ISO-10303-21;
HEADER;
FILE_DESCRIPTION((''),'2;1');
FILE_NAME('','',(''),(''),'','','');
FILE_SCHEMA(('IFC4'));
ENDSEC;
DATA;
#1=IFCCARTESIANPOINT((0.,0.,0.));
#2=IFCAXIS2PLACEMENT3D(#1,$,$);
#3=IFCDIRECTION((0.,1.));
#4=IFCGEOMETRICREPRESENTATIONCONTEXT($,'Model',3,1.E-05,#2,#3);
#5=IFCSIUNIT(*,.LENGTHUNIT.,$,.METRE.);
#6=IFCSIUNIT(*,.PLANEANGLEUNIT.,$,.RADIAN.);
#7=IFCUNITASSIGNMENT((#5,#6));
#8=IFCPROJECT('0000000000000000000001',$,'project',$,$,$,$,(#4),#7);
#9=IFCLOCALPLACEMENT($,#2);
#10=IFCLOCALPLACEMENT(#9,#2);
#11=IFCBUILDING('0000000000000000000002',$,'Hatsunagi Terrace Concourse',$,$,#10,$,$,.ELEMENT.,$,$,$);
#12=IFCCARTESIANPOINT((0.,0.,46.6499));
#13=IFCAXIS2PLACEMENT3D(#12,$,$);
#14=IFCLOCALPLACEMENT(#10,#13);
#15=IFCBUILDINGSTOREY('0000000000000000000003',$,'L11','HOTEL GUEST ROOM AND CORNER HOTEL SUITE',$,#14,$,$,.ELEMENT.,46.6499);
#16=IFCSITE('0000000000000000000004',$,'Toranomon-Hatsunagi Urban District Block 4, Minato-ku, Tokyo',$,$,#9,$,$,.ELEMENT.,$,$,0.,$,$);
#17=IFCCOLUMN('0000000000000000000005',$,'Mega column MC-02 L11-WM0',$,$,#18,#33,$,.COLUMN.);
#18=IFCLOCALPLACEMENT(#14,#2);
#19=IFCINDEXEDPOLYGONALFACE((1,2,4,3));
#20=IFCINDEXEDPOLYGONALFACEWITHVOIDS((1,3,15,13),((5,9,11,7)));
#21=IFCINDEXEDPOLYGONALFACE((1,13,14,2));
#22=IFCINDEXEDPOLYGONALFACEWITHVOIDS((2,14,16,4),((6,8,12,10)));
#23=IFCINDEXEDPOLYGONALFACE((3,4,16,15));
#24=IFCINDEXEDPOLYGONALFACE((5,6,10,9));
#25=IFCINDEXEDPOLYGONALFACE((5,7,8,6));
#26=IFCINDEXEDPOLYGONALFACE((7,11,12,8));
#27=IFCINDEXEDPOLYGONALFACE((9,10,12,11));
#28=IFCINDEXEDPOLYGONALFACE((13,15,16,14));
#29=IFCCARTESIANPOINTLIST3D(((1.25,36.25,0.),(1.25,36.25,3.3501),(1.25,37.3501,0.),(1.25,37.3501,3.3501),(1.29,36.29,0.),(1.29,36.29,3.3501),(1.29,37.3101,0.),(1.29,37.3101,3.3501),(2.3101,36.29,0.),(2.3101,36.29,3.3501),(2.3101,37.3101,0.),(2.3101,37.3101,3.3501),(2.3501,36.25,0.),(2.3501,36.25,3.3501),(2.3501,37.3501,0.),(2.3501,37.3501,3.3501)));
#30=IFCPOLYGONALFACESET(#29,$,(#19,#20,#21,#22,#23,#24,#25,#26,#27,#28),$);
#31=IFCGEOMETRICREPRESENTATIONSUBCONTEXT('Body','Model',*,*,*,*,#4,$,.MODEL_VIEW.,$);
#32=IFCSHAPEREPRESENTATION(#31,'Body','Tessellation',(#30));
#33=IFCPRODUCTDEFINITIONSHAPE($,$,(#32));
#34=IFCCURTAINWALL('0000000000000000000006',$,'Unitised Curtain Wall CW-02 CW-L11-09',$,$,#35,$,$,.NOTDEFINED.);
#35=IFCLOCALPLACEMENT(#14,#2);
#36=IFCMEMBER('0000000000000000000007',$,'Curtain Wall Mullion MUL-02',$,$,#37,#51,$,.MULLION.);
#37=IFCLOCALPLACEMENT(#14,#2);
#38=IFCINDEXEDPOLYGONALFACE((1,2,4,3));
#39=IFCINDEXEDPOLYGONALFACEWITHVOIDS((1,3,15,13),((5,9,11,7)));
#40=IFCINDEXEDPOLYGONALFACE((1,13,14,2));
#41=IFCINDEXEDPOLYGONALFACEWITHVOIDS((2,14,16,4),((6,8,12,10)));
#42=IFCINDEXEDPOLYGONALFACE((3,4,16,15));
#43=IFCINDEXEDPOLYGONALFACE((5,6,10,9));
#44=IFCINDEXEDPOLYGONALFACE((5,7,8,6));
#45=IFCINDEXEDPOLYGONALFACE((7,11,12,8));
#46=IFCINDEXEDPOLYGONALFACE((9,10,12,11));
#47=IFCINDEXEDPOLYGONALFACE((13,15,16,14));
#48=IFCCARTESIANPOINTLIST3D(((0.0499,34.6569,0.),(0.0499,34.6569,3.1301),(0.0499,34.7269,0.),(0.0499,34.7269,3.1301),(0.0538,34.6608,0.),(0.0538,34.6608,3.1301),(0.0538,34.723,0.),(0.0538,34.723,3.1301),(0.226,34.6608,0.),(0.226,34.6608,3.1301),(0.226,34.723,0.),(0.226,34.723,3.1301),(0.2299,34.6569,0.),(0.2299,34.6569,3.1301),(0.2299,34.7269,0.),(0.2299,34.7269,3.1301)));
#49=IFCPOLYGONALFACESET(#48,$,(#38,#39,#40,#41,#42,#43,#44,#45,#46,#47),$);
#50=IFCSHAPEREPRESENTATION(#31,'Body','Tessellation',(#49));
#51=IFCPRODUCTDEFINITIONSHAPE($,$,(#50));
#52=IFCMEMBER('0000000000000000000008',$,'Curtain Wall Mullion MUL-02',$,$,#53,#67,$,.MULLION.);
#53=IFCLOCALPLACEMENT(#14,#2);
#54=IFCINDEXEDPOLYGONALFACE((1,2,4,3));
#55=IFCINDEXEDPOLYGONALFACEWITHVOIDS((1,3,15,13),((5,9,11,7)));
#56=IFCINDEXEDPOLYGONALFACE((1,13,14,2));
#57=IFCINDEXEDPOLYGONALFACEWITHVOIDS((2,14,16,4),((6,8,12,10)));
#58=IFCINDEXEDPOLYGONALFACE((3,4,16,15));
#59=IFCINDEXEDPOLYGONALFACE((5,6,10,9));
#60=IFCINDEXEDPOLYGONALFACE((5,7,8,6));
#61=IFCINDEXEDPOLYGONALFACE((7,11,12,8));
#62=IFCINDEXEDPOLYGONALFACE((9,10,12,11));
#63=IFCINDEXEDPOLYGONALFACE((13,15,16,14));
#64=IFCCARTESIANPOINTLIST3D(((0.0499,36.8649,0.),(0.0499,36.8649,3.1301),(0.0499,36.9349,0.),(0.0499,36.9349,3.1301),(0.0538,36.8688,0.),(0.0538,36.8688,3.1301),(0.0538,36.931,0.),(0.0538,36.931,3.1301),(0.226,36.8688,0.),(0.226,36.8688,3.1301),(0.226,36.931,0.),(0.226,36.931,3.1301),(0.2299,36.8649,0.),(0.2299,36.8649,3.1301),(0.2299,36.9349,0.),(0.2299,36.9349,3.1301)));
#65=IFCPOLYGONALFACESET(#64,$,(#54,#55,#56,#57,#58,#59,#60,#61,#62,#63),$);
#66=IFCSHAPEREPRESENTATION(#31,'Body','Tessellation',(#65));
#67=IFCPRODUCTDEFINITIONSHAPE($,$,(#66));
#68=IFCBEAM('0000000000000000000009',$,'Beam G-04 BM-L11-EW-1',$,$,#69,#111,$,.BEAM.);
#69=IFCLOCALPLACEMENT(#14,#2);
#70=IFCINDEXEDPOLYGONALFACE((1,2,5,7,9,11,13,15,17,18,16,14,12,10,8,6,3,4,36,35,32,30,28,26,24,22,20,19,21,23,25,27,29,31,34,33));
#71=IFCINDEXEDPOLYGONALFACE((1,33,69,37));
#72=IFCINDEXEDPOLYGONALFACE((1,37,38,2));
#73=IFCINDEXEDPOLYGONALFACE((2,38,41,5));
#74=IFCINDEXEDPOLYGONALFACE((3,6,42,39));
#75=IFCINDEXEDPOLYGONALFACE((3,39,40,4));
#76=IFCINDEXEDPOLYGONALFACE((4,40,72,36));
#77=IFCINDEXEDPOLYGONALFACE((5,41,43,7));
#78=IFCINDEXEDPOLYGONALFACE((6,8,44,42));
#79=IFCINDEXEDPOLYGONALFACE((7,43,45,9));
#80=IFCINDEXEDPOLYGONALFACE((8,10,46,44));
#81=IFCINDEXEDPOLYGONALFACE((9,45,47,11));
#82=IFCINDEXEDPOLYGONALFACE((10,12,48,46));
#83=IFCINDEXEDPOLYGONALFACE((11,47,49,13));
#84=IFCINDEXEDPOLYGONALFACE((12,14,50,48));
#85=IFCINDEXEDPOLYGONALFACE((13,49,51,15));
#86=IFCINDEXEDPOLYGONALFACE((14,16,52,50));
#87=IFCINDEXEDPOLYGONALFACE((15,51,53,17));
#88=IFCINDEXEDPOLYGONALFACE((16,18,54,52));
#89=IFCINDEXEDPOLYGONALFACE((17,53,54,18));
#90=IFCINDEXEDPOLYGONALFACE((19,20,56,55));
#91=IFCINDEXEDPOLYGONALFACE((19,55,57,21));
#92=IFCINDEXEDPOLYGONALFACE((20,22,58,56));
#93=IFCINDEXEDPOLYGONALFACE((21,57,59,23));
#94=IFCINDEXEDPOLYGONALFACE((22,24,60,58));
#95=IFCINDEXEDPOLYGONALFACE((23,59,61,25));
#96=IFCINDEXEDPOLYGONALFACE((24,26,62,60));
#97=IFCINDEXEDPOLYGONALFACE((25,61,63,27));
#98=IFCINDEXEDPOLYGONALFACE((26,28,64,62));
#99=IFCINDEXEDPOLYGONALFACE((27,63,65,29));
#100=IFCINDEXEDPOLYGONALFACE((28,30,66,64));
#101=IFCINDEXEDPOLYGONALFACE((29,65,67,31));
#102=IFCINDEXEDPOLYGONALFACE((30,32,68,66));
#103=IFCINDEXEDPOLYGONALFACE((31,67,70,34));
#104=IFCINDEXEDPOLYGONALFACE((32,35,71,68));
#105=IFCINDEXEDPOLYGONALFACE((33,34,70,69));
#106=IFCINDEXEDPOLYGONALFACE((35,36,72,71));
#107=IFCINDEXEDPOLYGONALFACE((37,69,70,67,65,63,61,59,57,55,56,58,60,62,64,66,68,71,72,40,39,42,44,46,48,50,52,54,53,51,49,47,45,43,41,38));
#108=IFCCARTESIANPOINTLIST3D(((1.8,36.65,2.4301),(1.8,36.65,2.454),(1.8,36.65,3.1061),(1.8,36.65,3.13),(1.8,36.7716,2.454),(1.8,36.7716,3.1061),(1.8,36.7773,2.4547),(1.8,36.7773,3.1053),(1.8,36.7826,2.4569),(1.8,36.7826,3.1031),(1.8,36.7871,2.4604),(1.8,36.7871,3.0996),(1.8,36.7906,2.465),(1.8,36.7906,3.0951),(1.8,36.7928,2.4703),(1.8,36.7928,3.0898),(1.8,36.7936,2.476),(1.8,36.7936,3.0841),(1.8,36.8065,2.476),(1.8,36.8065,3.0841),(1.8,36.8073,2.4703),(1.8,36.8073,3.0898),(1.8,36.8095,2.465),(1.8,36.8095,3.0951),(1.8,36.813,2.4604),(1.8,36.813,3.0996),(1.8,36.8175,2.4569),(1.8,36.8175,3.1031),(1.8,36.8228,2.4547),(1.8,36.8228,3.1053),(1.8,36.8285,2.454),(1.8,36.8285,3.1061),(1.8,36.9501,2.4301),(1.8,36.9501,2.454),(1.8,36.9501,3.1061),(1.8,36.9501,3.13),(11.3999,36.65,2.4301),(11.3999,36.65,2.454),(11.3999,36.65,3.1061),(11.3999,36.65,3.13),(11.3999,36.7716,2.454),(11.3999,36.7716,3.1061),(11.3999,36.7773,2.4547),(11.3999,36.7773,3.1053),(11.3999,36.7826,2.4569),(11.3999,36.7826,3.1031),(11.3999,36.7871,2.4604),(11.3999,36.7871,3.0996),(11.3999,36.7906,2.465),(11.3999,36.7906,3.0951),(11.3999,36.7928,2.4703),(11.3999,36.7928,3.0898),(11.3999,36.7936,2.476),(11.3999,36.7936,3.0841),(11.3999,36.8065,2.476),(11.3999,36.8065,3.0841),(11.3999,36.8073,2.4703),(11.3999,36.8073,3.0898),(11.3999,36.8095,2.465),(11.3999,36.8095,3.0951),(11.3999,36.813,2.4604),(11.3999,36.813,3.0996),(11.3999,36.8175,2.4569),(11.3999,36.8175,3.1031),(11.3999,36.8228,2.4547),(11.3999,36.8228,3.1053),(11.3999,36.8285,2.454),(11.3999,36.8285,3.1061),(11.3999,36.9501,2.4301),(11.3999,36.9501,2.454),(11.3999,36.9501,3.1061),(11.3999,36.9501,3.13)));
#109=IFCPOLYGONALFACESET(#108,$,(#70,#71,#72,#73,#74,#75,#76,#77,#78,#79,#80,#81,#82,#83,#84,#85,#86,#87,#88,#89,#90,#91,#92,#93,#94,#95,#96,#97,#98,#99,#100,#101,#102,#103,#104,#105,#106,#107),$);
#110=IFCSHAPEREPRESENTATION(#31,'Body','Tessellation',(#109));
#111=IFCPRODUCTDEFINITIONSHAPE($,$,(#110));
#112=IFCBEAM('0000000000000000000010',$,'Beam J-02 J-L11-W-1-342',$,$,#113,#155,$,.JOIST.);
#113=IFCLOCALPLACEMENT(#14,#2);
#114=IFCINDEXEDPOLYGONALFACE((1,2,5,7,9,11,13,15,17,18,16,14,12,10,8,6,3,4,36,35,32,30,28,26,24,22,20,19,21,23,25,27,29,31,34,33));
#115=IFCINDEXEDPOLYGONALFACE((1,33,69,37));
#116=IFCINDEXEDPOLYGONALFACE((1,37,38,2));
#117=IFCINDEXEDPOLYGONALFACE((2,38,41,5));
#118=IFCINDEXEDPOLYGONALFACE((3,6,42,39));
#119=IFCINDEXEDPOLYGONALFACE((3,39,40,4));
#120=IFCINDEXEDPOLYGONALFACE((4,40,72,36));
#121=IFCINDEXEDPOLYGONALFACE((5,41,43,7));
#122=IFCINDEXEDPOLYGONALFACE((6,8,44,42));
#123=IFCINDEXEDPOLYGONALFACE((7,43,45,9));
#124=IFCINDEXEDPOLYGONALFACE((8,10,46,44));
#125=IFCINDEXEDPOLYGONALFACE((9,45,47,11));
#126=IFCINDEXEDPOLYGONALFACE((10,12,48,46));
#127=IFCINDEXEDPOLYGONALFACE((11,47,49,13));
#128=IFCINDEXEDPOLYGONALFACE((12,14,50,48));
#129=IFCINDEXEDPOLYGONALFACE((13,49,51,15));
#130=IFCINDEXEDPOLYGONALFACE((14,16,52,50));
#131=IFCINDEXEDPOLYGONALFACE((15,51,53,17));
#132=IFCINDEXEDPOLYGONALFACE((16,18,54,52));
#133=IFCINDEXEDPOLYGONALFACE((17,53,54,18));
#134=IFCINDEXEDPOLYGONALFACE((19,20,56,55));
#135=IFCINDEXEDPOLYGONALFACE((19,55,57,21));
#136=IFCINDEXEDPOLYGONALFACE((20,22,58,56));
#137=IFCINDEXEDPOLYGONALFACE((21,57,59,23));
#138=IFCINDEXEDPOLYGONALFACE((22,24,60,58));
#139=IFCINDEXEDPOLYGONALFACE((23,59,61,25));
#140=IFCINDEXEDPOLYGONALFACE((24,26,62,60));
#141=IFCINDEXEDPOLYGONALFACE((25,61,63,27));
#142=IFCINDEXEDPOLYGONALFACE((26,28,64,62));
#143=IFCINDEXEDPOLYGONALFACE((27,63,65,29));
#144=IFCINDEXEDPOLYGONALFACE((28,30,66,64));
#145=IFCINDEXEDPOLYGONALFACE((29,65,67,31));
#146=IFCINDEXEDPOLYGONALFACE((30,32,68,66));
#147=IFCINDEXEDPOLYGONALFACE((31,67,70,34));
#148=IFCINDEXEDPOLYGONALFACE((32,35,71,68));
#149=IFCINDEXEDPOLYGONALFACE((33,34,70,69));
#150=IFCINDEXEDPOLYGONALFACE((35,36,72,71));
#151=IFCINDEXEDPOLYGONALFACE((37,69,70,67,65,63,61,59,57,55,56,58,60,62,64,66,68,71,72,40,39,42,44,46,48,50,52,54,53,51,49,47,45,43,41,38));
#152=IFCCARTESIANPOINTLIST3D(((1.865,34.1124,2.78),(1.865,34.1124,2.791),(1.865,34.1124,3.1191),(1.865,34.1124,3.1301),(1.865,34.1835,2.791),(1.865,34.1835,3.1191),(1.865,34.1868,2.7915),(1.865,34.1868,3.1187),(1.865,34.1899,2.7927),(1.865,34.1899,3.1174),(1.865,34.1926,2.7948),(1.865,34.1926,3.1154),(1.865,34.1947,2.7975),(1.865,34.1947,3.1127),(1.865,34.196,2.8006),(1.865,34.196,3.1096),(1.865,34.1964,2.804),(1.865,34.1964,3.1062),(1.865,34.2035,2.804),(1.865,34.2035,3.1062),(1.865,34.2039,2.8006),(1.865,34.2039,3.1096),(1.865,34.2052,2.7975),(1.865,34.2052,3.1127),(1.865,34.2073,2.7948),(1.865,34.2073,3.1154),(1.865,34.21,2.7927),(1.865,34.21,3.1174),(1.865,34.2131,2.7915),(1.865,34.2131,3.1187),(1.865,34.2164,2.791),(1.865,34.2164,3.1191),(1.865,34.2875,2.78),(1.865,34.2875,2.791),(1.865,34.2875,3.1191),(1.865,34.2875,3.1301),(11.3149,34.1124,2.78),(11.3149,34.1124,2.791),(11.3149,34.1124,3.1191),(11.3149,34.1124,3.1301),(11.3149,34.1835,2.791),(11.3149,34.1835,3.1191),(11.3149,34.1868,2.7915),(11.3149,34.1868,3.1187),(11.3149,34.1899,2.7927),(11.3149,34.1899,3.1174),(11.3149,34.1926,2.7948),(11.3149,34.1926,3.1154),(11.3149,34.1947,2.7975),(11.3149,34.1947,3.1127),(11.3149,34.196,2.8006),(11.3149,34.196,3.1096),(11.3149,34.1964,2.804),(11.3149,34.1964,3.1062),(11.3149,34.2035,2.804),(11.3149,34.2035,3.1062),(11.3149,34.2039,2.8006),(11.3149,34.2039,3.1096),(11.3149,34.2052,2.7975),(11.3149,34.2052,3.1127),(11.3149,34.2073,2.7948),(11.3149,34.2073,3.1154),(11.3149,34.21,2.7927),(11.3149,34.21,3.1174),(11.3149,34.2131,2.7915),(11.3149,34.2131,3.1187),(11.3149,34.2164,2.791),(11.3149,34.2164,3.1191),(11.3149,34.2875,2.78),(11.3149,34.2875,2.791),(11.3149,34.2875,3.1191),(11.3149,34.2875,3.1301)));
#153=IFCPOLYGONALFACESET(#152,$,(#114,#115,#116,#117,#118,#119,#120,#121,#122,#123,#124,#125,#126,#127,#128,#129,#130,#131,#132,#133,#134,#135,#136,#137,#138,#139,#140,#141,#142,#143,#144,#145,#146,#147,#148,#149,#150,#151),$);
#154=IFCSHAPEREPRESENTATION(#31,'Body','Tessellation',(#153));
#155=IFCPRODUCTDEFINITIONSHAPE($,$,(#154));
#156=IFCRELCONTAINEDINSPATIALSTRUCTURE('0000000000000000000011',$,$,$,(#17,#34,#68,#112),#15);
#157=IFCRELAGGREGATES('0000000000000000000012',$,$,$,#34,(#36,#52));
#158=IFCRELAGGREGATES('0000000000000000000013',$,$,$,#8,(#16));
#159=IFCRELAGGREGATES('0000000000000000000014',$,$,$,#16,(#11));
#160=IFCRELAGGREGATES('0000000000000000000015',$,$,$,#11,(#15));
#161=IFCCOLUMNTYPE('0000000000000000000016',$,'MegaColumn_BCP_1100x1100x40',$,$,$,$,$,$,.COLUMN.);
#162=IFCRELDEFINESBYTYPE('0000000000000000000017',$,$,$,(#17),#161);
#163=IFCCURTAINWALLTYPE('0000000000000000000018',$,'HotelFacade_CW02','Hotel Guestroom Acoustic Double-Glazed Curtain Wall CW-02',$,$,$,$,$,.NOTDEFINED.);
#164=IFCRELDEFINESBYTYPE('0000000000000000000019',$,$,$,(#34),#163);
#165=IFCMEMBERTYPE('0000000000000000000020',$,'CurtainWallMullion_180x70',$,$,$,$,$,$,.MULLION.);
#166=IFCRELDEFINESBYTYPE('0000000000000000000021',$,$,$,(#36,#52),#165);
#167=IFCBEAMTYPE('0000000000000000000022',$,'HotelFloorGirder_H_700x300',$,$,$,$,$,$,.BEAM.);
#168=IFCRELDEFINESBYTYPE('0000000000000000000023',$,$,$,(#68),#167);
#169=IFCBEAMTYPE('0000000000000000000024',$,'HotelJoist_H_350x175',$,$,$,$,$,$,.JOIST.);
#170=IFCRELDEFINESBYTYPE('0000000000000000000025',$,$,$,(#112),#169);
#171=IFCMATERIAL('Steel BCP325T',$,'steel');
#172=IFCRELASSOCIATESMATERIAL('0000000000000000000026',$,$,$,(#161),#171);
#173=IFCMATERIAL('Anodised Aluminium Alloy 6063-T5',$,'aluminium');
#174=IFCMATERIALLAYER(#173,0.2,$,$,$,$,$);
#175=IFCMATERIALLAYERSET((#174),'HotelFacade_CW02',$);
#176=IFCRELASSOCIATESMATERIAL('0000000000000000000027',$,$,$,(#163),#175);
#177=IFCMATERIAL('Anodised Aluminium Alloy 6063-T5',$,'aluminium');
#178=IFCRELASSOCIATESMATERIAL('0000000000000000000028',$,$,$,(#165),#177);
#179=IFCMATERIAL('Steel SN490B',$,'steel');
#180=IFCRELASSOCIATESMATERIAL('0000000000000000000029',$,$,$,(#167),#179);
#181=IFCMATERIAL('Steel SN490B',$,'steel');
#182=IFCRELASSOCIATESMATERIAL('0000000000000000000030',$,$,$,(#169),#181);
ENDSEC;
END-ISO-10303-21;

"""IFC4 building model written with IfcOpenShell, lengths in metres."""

from ifc_helpers import new_model, si_unit, direction, frame, origin, origin_2d, place, context, subcontext, project, spatial, hollow_rectangle, i_section, extrude, material, layer, layer_set, material_profile, profile_set, type_object, element, aggregate, save


model = new_model("IFC4")

# Units and contexts
model_context = context("Model", 3, precision=1e-05, world=origin(), true_north=direction((0.0, 1.0)))
body_context = subcontext(model_context, "Body", "Model", "MODEL_VIEW")
ifc_project = project(units=[si_unit("LENGTHUNIT", "METRE"), si_unit("PLANEANGLEUNIT", "RADIAN")], contexts=[model_context])

# Site, building, storey
site_placement = place(None, origin())
site = spatial("IfcSite", under=ifc_project, at=site_placement, Name="Toranomon-Hatsunagi Urban District Block 4, Minato-ku, Tokyo", CompositionType="ELEMENT", RefElevation=0.0)
building_placement = place(site_placement, origin())
building = spatial("IfcBuilding", under=site, at=building_placement, Name="Hatsunagi Terrace Concourse", CompositionType="ELEMENT")
storey_placement = place(building_placement, frame((0.0, 0.0, 46.6499)))
storey = spatial("IfcBuildingStorey", under=building, at=storey_placement, Name="L11", Description="HOTEL GUEST ROOM AND CORNER HOTEL SUITE", CompositionType="ELEMENT", Elevation=46.6499)

# Column
ifc_material_1 = material(Name="Steel BCP325T", Category="steel")
ifc_material_profile_1 = material_profile(ifc_material_1, hollow_rectangle(XDim=1.1001, YDim=1.1001, WallThickness=0.04, at=origin_2d()), Name="BCP-1100x1100x40")
ifc_profile_set_1 = profile_set([ifc_material_profile_1], Name="Steel BCP325T")
column_type = type_object("IfcColumnType", Name="MegaColumn_BCP_1100x1100x40", PredefinedType="COLUMN", material=ifc_profile_set_1)
column_placement = place(storey_placement, frame((1.8, 36.8, 0.0), z_axis=(0.0, 0.0, 1.0), x_axis=(1.0, 0.0, 0.0)))
element("IfcColumn", 1, at=column_placement, inside=storey, type_object=column_type, Name="Mega column MC-02 L11-WM0", PredefinedType="COLUMN", context=body_context, shape_type="SweptSolid", body=[
    extrude(hollow_rectangle(XDim=1.1001, YDim=1.1001, WallThickness=0.04, at=origin_2d()), origin(), (0.0, 0.0, 1.0), 3.3501),
])

# Curtain wall, members
ifc_material_2 = material(Name="Anodised Aluminium Alloy 6063-T5", Category="aluminium")
ifc_layer_1 = layer(ifc_material_2, 0.2)
ifc_layer_set_1 = layer_set([ifc_layer_1], Name="HotelFacade_CW02")
curtain_wall_type = type_object("IfcCurtainWallType", Name="HotelFacade_CW02", Description="Hotel Guestroom Acoustic Double-Glazed Curtain Wall CW-02", PredefinedType="NOTDEFINED", material=ifc_layer_set_1)
curtain_wall_placement = place(storey_placement, origin())
curtain_wall = element("IfcCurtainWall", 2, at=curtain_wall_placement, inside=storey, type_object=curtain_wall_type, Name="Unitised Curtain Wall CW-02 CW-L11-09", PredefinedType="NOTDEFINED")
ifc_material_3 = material(Name="Anodised Aluminium Alloy 6063-T5", Category="aluminium")
ifc_material_profile_2 = material_profile(ifc_material_3, hollow_rectangle(XDim=0.0701, YDim=0.1799, WallThickness=0.0039, at=origin_2d()), Name="ALU-MUL-180x70x4")
ifc_profile_set_2 = profile_set([ifc_material_profile_2], Name="Anodised Aluminium Alloy 6063-T5")
member_type = type_object("IfcMemberType", Name="CurtainWallMullion_180x70", PredefinedType="MULLION", material=ifc_profile_set_2)
member_1_placement = place(storey_placement, frame((0.1399, 34.6919, 0.0), z_axis=(0.0, 0.0, 1.0), x_axis=(0.0, 1.0, 0.0)))
member_1 = element("IfcMember", 3, at=member_1_placement, type_object=member_type, Name="Curtain Wall Mullion MUL-02", PredefinedType="MULLION", context=body_context, shape_type="SweptSolid", body=[
    extrude(hollow_rectangle(XDim=0.0701, YDim=0.1799, WallThickness=0.0039, at=origin_2d()), origin(), (0.0, 0.0, 1.0), 3.1301),
])
member_2_placement = place(storey_placement, frame((0.1399, 36.8999, 0.0), z_axis=(0.0, 0.0, 1.0), x_axis=(0.0, 1.0, 0.0)))
member_2 = element("IfcMember", 4, at=member_2_placement, type_object=member_type, Name="Curtain Wall Mullion MUL-02", PredefinedType="MULLION", context=body_context, shape_type="SweptSolid", body=[
    extrude(hollow_rectangle(XDim=0.0701, YDim=0.1799, WallThickness=0.0039, at=origin_2d()), origin(), (0.0, 0.0, 1.0), 3.1301),
])

# Beams
ifc_material_4 = material(Name="Steel SN490B", Category="steel")
ifc_material_profile_3 = material_profile(ifc_material_4, i_section(OverallWidth=0.3, OverallDepth=0.7, WebThickness=0.0129, FlangeThickness=0.0239, FilletRadius=0.022, at=origin_2d()), Name="H-700x300x13x24")
ifc_profile_set_3 = profile_set([ifc_material_profile_3], Name="Steel SN490B")
beam_type_1 = type_object("IfcBeamType", Name="HotelFloorGirder_H_700x300", PredefinedType="BEAM", material=ifc_profile_set_3)
beam_1_placement = place(storey_placement, frame((1.8, 36.8, 2.78), z_axis=(1.0, 0.0, 0.0), x_axis=(0.0, 1.0, 0.0)))
element("IfcBeam", 5, at=beam_1_placement, inside=storey, type_object=beam_type_1, Name="Beam G-04 BM-L11-EW-1", PredefinedType="BEAM", context=body_context, shape_type="SweptSolid", body=[
    extrude(i_section(OverallWidth=0.3, OverallDepth=0.7, WebThickness=0.0129, FlangeThickness=0.0239, FilletRadius=0.022, at=origin_2d()), origin(), (0.0, 0.0, 1.0), 9.5999),
])
ifc_material_5 = material(Name="Steel SN490B", Category="steel")
ifc_material_profile_4 = material_profile(ifc_material_5, i_section(OverallWidth=0.175, OverallDepth=0.3501, WebThickness=0.0071, FlangeThickness=0.011, FilletRadius=0.0129, at=origin_2d()), Name="H-350x175x7x11")
ifc_profile_set_4 = profile_set([ifc_material_profile_4], Name="Steel SN490B")
beam_type_2 = type_object("IfcBeamType", Name="HotelJoist_H_350x175", PredefinedType="JOIST", material=ifc_profile_set_4)
beam_2_placement = place(storey_placement, frame((1.865, 34.2, 2.9551), z_axis=(1.0, 0.0, 0.0), x_axis=(0.0, 1.0, 0.0)))
element("IfcBeam", 6, at=beam_2_placement, inside=storey, type_object=beam_type_2, Name="Beam J-02 J-L11-W-1-342", PredefinedType="JOIST", context=body_context, shape_type="SweptSolid", body=[
    extrude(i_section(OverallWidth=0.175, OverallDepth=0.3501, WebThickness=0.0071, FlangeThickness=0.011, FilletRadius=0.0129, at=origin_2d()), origin(), (0.0, 0.0, 1.0), 9.45),
])

aggregate(curtain_wall, [member_1, member_2])

save(model, "model.ifc")
